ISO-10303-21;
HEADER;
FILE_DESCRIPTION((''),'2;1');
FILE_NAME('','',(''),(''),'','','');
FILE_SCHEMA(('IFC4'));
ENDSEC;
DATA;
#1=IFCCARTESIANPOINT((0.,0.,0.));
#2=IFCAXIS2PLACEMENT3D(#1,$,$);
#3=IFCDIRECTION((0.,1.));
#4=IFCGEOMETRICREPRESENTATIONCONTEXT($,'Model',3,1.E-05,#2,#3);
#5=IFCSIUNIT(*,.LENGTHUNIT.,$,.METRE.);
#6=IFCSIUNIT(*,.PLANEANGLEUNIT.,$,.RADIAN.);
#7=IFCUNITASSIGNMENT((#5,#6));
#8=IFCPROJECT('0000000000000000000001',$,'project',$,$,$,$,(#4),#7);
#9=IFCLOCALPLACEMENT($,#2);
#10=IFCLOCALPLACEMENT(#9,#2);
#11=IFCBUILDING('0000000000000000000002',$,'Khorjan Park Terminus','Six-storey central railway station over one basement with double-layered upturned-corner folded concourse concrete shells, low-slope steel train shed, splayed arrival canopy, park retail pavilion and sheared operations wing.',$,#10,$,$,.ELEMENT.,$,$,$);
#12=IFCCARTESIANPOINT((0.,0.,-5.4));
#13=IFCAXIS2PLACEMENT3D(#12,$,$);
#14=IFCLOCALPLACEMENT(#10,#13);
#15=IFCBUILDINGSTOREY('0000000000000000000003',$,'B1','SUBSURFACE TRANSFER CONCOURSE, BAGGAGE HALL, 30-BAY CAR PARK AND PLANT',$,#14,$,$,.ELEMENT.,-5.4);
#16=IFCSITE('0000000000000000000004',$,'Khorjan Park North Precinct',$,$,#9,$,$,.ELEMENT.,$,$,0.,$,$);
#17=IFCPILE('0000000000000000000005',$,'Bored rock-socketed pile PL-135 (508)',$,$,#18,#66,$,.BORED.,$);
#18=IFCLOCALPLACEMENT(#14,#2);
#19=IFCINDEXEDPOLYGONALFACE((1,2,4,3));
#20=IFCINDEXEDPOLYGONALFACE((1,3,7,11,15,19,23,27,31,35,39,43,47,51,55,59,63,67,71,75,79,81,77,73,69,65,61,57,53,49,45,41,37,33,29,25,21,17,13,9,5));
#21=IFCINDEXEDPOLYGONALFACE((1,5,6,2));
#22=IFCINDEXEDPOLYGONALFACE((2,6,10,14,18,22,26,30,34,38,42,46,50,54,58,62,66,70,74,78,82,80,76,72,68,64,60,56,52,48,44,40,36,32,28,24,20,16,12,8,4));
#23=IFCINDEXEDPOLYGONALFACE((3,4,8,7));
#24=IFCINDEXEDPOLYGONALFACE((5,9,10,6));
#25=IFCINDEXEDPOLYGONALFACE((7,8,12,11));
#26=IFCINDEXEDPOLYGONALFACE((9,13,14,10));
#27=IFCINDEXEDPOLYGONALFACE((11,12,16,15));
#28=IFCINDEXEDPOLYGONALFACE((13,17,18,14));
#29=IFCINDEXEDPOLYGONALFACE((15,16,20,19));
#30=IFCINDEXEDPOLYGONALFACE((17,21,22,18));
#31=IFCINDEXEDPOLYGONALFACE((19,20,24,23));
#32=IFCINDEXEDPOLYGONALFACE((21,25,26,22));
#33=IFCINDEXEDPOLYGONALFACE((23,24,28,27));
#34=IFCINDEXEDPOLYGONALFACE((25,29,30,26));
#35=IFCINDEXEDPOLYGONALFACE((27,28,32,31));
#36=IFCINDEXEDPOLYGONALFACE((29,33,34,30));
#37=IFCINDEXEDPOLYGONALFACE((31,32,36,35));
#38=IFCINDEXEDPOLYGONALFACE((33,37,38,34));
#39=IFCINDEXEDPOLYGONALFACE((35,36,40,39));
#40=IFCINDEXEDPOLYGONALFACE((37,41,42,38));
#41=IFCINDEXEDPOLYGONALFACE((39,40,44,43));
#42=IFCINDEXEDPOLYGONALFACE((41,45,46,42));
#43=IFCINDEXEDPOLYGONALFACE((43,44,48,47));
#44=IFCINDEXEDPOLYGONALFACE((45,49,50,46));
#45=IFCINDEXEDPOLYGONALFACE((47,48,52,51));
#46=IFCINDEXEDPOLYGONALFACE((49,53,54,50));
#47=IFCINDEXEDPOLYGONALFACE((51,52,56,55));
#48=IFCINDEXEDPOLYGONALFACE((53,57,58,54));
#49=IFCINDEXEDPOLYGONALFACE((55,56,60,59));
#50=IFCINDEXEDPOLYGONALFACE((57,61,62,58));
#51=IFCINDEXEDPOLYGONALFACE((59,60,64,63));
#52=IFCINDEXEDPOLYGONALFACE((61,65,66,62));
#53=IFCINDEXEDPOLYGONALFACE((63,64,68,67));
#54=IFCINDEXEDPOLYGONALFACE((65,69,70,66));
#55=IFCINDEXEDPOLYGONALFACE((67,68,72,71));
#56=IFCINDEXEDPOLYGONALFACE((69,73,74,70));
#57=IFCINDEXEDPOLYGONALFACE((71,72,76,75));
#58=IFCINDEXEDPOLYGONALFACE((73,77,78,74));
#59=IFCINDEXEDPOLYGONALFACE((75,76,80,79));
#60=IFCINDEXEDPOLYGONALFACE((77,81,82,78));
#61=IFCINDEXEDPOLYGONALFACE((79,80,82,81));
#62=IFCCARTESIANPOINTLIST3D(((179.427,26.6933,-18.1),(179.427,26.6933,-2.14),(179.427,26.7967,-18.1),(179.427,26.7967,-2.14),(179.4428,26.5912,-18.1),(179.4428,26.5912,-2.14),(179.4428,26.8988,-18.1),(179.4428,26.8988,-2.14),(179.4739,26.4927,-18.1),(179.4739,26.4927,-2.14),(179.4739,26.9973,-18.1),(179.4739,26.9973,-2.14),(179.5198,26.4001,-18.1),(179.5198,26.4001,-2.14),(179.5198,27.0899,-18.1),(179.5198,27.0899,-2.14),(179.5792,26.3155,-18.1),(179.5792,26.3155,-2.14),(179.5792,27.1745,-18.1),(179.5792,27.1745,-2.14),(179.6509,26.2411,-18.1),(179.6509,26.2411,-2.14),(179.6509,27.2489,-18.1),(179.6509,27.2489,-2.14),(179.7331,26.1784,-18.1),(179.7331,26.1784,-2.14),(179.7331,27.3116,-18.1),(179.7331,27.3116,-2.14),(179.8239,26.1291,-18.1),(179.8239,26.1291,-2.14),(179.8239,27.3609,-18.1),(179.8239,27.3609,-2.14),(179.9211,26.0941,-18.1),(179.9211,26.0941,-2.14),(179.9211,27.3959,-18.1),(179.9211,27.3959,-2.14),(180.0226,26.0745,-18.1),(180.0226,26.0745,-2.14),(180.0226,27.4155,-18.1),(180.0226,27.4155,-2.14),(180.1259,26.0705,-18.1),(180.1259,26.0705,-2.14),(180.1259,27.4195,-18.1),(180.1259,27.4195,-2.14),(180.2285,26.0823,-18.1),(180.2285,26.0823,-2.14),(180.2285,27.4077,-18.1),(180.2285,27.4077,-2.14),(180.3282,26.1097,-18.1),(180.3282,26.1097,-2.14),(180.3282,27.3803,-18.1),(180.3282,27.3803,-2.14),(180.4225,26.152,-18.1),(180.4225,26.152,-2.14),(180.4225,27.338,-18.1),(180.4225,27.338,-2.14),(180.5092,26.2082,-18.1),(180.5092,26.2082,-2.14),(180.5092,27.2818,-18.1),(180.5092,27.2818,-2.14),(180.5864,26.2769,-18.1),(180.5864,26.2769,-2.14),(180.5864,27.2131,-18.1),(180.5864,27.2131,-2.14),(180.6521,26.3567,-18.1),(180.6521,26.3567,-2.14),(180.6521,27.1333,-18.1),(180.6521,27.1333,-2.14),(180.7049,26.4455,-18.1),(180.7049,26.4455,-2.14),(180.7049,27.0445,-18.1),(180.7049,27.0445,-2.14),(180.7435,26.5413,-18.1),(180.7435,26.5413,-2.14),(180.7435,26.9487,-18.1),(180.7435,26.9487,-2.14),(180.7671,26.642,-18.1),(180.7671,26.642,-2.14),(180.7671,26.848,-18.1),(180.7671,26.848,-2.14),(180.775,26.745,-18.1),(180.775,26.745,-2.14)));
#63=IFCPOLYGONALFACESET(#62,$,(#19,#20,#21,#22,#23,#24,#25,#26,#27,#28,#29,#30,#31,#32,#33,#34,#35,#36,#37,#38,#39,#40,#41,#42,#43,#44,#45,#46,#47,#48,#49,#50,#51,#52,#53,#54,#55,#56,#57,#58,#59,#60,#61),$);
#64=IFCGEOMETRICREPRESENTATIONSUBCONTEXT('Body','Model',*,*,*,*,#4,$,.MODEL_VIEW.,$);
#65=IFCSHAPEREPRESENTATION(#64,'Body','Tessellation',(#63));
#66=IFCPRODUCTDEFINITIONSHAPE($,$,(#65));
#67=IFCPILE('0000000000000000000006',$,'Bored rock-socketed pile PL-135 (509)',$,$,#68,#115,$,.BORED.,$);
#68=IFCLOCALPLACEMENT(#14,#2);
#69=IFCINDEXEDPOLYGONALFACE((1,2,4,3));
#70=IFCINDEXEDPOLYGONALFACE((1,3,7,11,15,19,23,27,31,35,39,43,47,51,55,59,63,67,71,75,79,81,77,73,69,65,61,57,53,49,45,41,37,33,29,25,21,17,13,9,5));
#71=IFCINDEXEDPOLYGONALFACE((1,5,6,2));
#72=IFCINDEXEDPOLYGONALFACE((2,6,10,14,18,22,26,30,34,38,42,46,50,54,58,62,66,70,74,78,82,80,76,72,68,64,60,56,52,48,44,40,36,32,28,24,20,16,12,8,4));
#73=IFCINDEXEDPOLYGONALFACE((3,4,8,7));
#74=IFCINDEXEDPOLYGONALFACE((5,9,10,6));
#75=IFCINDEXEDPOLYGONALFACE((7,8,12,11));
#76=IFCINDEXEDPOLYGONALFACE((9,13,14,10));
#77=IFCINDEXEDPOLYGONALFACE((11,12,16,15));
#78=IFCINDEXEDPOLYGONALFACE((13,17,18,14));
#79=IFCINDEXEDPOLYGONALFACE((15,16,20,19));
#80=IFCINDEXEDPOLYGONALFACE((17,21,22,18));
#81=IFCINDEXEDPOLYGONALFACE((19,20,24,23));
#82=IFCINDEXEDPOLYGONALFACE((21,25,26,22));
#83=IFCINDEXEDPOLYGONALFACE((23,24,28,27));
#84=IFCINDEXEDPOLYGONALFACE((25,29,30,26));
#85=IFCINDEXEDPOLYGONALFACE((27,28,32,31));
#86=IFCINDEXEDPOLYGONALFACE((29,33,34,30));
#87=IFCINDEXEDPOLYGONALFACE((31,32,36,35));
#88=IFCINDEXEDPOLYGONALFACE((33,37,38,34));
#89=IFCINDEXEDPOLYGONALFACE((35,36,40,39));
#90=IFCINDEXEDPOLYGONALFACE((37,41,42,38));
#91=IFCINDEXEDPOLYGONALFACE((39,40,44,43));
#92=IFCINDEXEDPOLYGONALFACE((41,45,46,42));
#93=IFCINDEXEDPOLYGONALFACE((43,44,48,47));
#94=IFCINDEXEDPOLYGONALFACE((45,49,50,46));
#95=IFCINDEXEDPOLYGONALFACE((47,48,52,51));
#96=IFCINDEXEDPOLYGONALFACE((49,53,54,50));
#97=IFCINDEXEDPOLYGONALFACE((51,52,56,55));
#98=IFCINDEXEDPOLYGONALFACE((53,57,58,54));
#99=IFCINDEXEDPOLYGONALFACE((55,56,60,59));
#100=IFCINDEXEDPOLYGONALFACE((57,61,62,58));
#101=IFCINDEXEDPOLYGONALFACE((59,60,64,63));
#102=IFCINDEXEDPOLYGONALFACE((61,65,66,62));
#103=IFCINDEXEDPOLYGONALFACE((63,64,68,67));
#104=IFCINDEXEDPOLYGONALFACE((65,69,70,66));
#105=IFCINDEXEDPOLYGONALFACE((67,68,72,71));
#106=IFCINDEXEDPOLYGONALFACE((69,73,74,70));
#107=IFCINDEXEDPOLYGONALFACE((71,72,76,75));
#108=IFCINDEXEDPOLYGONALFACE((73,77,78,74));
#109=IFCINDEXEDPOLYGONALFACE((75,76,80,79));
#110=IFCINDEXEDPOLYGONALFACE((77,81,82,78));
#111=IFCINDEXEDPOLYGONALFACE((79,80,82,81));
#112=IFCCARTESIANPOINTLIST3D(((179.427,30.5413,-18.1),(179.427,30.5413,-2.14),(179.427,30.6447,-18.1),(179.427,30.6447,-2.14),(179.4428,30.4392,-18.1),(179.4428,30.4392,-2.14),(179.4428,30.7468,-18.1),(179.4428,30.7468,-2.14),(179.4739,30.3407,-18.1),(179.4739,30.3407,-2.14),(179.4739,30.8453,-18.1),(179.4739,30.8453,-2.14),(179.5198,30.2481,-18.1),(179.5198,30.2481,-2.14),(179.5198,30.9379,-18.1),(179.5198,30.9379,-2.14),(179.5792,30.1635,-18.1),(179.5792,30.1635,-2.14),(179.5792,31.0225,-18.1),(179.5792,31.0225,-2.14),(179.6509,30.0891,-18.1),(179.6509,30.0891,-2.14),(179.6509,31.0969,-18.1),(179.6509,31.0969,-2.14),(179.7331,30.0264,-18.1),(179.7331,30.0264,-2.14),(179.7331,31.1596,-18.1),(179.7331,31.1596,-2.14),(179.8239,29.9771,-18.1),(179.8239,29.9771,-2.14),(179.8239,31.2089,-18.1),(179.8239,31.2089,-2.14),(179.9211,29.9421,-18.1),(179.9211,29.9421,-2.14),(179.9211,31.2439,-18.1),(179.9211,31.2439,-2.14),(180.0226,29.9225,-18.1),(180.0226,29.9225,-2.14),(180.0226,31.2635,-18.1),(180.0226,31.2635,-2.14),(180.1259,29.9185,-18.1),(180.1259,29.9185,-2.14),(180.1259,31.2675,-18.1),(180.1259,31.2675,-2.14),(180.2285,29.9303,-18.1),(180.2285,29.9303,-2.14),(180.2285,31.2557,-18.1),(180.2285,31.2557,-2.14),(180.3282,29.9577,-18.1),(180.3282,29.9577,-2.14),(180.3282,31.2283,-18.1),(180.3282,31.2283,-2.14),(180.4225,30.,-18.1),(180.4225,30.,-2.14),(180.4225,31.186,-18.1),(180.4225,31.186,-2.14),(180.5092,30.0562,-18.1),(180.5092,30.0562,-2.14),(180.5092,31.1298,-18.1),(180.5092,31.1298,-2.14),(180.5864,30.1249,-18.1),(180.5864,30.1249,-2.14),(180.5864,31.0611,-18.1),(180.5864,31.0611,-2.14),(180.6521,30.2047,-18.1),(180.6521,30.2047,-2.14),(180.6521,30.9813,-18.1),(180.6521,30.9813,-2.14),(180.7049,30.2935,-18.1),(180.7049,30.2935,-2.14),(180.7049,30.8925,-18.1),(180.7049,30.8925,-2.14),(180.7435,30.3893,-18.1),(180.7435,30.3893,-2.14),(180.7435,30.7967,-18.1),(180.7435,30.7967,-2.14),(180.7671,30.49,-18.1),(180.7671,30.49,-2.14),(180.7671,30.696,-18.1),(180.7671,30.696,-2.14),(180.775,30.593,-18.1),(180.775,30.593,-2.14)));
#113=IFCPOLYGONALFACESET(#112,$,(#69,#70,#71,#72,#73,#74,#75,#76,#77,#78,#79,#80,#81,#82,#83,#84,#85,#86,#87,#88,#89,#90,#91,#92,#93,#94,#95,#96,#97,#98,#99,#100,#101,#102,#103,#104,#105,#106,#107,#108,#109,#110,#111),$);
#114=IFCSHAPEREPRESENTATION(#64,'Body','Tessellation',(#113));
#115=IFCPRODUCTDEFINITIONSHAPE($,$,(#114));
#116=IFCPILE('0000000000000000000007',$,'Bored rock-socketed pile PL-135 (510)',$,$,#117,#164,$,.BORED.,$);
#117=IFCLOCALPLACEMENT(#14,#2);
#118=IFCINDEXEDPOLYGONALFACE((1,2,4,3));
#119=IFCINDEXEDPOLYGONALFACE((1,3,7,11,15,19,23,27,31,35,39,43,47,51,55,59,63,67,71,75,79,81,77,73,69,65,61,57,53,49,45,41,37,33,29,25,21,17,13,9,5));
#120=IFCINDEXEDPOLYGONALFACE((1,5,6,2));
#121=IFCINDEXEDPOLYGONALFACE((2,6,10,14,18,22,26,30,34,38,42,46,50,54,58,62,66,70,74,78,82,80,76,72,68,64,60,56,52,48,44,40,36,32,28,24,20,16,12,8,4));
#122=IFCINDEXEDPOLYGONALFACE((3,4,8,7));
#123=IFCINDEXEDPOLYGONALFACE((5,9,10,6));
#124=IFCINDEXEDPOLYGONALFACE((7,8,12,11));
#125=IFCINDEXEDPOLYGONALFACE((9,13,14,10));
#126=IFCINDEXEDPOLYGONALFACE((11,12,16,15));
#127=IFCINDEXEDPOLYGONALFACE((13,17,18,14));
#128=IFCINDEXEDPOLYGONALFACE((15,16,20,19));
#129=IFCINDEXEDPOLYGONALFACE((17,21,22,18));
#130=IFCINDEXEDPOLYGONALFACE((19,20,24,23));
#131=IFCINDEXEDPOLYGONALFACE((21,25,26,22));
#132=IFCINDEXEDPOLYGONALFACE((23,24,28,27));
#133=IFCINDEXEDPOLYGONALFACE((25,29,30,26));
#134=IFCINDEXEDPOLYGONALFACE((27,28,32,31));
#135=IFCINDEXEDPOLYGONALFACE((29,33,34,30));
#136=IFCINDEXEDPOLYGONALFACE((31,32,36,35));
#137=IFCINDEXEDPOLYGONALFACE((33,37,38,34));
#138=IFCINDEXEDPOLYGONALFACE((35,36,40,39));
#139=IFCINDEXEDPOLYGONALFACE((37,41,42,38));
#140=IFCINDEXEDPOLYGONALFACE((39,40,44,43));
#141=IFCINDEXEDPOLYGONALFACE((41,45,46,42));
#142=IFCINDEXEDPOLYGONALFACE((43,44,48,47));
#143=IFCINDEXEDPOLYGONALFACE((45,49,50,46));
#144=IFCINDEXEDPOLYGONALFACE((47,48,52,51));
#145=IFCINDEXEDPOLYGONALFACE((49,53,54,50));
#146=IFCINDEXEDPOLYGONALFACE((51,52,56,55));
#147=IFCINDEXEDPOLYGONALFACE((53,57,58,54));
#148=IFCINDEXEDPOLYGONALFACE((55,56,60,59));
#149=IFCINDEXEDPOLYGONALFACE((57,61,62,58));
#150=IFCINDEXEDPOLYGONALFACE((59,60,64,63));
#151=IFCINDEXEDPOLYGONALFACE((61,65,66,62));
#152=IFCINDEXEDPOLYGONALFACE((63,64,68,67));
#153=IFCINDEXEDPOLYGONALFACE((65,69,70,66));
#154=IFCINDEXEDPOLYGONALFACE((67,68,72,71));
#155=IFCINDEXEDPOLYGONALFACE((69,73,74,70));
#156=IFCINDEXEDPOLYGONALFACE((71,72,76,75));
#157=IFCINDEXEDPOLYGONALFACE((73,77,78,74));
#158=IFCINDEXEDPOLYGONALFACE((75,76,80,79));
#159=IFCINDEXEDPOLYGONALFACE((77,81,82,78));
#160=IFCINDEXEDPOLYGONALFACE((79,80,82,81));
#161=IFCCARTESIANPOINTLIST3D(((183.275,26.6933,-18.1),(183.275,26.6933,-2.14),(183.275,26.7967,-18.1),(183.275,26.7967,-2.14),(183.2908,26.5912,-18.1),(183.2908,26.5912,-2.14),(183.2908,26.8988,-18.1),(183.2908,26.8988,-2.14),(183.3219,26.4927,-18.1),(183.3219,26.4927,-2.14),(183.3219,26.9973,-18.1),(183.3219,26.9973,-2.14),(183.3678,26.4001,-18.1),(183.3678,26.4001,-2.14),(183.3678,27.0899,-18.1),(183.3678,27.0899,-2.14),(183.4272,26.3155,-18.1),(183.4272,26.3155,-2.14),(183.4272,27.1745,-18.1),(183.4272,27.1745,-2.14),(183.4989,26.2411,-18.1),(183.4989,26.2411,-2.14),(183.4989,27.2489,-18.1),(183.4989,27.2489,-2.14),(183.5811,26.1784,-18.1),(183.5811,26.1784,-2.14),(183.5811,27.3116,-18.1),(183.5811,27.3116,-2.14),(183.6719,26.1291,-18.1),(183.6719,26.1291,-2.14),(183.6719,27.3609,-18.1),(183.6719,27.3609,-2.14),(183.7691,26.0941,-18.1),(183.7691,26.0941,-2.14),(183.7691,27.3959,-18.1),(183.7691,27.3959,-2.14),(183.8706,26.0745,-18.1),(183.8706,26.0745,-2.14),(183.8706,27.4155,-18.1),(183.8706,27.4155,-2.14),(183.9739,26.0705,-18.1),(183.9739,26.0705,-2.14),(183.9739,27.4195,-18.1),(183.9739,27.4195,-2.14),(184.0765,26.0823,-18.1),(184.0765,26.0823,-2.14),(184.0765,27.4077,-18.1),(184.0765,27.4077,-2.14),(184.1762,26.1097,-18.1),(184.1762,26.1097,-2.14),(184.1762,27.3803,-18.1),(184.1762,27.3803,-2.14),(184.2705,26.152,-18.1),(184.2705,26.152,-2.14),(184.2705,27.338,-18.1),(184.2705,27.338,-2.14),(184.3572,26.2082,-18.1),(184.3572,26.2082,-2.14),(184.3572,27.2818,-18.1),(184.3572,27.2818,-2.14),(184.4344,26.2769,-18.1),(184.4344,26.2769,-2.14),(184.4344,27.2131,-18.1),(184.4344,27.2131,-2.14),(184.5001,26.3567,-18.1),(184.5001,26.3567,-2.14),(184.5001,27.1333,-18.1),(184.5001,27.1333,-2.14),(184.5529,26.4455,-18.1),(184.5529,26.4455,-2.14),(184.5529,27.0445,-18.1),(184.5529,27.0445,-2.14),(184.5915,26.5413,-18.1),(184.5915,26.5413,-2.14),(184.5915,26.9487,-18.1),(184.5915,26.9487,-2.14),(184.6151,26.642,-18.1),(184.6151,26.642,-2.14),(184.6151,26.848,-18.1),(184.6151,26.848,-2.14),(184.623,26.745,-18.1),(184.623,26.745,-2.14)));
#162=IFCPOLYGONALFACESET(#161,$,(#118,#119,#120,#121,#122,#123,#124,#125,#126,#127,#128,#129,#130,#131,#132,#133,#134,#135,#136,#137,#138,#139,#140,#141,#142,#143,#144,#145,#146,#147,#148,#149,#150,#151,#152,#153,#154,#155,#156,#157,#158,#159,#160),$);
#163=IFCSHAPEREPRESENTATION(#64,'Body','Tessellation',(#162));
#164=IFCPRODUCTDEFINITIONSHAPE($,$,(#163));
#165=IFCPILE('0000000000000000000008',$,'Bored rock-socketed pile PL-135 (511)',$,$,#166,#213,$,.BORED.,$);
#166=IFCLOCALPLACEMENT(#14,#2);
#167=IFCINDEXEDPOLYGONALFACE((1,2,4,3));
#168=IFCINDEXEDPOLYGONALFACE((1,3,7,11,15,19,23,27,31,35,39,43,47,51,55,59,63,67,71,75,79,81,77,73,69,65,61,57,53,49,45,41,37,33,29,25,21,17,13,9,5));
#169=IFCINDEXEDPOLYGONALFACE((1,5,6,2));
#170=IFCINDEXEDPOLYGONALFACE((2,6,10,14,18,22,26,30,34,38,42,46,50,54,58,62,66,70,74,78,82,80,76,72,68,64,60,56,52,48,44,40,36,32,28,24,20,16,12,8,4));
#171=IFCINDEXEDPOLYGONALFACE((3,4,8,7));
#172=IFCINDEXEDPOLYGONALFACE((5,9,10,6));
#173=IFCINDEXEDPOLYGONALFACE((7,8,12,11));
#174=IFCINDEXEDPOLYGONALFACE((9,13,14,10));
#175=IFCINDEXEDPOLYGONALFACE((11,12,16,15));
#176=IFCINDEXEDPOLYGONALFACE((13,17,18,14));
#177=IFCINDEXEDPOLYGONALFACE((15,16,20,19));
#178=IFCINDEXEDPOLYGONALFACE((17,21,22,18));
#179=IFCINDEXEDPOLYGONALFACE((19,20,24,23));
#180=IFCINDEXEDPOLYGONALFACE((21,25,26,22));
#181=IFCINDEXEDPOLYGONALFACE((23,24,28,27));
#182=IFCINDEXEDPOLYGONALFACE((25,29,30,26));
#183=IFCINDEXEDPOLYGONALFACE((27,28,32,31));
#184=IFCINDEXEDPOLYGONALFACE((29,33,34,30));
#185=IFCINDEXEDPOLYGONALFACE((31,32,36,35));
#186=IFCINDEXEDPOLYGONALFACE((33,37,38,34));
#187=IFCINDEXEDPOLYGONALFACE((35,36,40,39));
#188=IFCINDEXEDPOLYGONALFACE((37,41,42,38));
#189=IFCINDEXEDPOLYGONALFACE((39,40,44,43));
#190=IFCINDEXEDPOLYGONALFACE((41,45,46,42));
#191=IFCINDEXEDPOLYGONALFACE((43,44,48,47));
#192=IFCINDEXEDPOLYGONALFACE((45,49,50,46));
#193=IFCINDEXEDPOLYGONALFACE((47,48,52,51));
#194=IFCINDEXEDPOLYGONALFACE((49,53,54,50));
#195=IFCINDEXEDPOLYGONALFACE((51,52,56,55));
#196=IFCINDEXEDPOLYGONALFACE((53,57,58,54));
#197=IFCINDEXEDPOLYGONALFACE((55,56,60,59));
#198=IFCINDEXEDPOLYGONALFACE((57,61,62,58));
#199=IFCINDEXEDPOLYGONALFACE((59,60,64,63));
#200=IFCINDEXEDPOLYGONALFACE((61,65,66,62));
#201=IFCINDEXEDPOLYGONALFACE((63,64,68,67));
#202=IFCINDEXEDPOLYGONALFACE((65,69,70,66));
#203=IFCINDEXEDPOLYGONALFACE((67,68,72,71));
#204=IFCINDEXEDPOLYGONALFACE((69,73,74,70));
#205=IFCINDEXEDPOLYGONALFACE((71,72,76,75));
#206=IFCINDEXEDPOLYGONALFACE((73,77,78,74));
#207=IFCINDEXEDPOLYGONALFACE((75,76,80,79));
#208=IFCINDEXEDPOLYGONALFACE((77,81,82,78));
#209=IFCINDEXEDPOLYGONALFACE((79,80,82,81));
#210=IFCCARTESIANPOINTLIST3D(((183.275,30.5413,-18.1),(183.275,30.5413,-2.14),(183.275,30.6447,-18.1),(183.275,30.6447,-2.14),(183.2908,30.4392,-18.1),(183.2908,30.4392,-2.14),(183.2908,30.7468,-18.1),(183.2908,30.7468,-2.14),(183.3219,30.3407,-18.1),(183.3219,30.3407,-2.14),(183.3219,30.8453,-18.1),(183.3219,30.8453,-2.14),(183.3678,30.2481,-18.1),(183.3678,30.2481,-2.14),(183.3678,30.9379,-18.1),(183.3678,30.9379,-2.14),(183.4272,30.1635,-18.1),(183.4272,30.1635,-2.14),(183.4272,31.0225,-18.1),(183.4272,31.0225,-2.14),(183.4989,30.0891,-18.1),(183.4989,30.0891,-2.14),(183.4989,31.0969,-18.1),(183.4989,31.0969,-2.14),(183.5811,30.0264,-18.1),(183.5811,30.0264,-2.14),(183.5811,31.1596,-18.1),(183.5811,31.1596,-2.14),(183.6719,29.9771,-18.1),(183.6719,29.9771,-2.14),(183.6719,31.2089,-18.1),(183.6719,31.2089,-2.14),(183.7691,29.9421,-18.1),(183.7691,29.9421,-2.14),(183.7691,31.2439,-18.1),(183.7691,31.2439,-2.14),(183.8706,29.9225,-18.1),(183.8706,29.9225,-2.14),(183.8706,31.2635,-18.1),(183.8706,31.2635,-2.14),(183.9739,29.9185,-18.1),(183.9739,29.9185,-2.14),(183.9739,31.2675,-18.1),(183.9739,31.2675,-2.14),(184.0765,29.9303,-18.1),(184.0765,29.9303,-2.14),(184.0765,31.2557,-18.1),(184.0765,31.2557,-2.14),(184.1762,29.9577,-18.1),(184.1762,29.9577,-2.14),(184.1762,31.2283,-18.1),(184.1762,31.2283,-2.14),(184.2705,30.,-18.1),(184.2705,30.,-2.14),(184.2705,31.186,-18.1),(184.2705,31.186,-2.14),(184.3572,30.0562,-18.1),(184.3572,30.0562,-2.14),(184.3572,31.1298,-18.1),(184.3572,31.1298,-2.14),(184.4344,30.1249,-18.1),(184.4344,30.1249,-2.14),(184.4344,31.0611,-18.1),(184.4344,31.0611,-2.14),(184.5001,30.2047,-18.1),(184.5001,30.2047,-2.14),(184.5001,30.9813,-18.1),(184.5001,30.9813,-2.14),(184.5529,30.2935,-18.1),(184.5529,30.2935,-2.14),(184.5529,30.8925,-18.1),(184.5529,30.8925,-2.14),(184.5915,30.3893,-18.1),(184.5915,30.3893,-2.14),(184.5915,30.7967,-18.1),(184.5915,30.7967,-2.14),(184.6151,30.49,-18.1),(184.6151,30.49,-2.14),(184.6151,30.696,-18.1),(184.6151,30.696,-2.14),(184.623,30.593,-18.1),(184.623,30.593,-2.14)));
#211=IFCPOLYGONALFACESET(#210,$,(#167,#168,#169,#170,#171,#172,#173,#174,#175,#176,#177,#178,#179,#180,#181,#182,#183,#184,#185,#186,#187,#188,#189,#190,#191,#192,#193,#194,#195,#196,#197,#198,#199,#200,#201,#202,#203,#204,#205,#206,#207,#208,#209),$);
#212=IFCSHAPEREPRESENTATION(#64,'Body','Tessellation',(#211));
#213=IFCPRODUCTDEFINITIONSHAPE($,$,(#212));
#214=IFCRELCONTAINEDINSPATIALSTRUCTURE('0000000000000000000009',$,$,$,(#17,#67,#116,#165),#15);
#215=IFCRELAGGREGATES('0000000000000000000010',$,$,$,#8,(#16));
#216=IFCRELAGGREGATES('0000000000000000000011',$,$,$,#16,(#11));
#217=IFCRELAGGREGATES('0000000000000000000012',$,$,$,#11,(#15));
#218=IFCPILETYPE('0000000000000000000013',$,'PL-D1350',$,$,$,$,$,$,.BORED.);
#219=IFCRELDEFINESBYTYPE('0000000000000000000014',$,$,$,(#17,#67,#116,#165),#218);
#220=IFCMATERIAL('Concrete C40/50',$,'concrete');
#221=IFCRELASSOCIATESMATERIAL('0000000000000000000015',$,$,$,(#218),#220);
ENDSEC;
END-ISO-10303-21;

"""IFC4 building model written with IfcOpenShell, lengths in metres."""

from ifc_helpers import new_model, si_unit, direction, frame, origin, origin_2d, place, context, subcontext, project, spatial, circle, extrude, material, material_profile, profile_set, type_object, element, save


model = new_model("IFC4")

# Units and contexts
model_context = context("Model", 3, precision=1e-05, world=origin(), true_north=direction((0.0, 1.0)))
body_context = subcontext(model_context, "Body", "Model", "MODEL_VIEW")
ifc_project = project(units=[si_unit("LENGTHUNIT", "METRE"), si_unit("PLANEANGLEUNIT", "RADIAN")], contexts=[model_context])

# Site, building, storey
site_placement = place(None, origin())
site = spatial("IfcSite", under=ifc_project, at=site_placement, Name="Khorjan Park North Precinct", CompositionType="ELEMENT", RefElevation=0.0)
building_placement = place(site_placement, origin())
building = spatial("IfcBuilding", under=site, at=building_placement, Name="Khorjan Park Terminus", Description="Six-storey central railway station over one basement with double-layered upturned-corner folded concourse concrete shells, low-slope steel train shed, splayed arrival canopy, park retail pavilion and sheared operations wing.", CompositionType="ELEMENT")
storey_placement = place(building_placement, frame((0.0, 0.0, -5.4)))
storey = spatial("IfcBuildingStorey", under=building, at=storey_placement, Name="B1", Description="SUBSURFACE TRANSFER CONCOURSE, BAGGAGE HALL, 30-BAY CAR PARK AND PLANT", CompositionType="ELEMENT", Elevation=-5.4)

# Shared definitions
ifc_material_1 = material(Name="Concrete C40/50", Category="concrete")

# Piles
ifc_material_profile_1 = material_profile(ifc_material_1, circle(Radius=0.675, at=origin_2d()), Name="BORED D1350")
ifc_profile_set_1 = profile_set([ifc_material_profile_1], Name="Concrete C40/50")
pile_type_1 = type_object("IfcPileType", Name="PL-D1350", PredefinedType="BORED", material=ifc_profile_set_1)
for number, where, z_axis, x_axis, name in (
    (1, (180.1, 26.745, -2.14), (0.0, 0.0, -1.0), (1.0, 0.0, 0.0), "Bored rock-socketed pile PL-135 (508)"),
    (2, (180.1, 30.593, -2.14), (0.0, 0.0, -1.0), (1.0, 0.0, 0.0), "Bored rock-socketed pile PL-135 (509)"),
    (3, (183.948, 26.745, -2.14), (0.0, 0.0, -1.0), (1.0, 0.0, 0.0), "Bored rock-socketed pile PL-135 (510)"),
    (4, (183.948, 30.593, -2.14), (0.0, 0.0, -1.0), (1.0, 0.0, 0.0), "Bored rock-socketed pile PL-135 (511)"),
):
    element("IfcPile", number, at=place(storey_placement, frame(where, z_axis=z_axis, x_axis=x_axis)), inside=storey, type_object=pile_type_1, Name=name, PredefinedType="BORED", context=body_context, shape_type="SweptSolid", body=[
        extrude(circle(Radius=0.675, at=origin_2d()), origin(), (0.0, 0.0, 1.0), 15.96),
    ])

save(model, "model.ifc")
